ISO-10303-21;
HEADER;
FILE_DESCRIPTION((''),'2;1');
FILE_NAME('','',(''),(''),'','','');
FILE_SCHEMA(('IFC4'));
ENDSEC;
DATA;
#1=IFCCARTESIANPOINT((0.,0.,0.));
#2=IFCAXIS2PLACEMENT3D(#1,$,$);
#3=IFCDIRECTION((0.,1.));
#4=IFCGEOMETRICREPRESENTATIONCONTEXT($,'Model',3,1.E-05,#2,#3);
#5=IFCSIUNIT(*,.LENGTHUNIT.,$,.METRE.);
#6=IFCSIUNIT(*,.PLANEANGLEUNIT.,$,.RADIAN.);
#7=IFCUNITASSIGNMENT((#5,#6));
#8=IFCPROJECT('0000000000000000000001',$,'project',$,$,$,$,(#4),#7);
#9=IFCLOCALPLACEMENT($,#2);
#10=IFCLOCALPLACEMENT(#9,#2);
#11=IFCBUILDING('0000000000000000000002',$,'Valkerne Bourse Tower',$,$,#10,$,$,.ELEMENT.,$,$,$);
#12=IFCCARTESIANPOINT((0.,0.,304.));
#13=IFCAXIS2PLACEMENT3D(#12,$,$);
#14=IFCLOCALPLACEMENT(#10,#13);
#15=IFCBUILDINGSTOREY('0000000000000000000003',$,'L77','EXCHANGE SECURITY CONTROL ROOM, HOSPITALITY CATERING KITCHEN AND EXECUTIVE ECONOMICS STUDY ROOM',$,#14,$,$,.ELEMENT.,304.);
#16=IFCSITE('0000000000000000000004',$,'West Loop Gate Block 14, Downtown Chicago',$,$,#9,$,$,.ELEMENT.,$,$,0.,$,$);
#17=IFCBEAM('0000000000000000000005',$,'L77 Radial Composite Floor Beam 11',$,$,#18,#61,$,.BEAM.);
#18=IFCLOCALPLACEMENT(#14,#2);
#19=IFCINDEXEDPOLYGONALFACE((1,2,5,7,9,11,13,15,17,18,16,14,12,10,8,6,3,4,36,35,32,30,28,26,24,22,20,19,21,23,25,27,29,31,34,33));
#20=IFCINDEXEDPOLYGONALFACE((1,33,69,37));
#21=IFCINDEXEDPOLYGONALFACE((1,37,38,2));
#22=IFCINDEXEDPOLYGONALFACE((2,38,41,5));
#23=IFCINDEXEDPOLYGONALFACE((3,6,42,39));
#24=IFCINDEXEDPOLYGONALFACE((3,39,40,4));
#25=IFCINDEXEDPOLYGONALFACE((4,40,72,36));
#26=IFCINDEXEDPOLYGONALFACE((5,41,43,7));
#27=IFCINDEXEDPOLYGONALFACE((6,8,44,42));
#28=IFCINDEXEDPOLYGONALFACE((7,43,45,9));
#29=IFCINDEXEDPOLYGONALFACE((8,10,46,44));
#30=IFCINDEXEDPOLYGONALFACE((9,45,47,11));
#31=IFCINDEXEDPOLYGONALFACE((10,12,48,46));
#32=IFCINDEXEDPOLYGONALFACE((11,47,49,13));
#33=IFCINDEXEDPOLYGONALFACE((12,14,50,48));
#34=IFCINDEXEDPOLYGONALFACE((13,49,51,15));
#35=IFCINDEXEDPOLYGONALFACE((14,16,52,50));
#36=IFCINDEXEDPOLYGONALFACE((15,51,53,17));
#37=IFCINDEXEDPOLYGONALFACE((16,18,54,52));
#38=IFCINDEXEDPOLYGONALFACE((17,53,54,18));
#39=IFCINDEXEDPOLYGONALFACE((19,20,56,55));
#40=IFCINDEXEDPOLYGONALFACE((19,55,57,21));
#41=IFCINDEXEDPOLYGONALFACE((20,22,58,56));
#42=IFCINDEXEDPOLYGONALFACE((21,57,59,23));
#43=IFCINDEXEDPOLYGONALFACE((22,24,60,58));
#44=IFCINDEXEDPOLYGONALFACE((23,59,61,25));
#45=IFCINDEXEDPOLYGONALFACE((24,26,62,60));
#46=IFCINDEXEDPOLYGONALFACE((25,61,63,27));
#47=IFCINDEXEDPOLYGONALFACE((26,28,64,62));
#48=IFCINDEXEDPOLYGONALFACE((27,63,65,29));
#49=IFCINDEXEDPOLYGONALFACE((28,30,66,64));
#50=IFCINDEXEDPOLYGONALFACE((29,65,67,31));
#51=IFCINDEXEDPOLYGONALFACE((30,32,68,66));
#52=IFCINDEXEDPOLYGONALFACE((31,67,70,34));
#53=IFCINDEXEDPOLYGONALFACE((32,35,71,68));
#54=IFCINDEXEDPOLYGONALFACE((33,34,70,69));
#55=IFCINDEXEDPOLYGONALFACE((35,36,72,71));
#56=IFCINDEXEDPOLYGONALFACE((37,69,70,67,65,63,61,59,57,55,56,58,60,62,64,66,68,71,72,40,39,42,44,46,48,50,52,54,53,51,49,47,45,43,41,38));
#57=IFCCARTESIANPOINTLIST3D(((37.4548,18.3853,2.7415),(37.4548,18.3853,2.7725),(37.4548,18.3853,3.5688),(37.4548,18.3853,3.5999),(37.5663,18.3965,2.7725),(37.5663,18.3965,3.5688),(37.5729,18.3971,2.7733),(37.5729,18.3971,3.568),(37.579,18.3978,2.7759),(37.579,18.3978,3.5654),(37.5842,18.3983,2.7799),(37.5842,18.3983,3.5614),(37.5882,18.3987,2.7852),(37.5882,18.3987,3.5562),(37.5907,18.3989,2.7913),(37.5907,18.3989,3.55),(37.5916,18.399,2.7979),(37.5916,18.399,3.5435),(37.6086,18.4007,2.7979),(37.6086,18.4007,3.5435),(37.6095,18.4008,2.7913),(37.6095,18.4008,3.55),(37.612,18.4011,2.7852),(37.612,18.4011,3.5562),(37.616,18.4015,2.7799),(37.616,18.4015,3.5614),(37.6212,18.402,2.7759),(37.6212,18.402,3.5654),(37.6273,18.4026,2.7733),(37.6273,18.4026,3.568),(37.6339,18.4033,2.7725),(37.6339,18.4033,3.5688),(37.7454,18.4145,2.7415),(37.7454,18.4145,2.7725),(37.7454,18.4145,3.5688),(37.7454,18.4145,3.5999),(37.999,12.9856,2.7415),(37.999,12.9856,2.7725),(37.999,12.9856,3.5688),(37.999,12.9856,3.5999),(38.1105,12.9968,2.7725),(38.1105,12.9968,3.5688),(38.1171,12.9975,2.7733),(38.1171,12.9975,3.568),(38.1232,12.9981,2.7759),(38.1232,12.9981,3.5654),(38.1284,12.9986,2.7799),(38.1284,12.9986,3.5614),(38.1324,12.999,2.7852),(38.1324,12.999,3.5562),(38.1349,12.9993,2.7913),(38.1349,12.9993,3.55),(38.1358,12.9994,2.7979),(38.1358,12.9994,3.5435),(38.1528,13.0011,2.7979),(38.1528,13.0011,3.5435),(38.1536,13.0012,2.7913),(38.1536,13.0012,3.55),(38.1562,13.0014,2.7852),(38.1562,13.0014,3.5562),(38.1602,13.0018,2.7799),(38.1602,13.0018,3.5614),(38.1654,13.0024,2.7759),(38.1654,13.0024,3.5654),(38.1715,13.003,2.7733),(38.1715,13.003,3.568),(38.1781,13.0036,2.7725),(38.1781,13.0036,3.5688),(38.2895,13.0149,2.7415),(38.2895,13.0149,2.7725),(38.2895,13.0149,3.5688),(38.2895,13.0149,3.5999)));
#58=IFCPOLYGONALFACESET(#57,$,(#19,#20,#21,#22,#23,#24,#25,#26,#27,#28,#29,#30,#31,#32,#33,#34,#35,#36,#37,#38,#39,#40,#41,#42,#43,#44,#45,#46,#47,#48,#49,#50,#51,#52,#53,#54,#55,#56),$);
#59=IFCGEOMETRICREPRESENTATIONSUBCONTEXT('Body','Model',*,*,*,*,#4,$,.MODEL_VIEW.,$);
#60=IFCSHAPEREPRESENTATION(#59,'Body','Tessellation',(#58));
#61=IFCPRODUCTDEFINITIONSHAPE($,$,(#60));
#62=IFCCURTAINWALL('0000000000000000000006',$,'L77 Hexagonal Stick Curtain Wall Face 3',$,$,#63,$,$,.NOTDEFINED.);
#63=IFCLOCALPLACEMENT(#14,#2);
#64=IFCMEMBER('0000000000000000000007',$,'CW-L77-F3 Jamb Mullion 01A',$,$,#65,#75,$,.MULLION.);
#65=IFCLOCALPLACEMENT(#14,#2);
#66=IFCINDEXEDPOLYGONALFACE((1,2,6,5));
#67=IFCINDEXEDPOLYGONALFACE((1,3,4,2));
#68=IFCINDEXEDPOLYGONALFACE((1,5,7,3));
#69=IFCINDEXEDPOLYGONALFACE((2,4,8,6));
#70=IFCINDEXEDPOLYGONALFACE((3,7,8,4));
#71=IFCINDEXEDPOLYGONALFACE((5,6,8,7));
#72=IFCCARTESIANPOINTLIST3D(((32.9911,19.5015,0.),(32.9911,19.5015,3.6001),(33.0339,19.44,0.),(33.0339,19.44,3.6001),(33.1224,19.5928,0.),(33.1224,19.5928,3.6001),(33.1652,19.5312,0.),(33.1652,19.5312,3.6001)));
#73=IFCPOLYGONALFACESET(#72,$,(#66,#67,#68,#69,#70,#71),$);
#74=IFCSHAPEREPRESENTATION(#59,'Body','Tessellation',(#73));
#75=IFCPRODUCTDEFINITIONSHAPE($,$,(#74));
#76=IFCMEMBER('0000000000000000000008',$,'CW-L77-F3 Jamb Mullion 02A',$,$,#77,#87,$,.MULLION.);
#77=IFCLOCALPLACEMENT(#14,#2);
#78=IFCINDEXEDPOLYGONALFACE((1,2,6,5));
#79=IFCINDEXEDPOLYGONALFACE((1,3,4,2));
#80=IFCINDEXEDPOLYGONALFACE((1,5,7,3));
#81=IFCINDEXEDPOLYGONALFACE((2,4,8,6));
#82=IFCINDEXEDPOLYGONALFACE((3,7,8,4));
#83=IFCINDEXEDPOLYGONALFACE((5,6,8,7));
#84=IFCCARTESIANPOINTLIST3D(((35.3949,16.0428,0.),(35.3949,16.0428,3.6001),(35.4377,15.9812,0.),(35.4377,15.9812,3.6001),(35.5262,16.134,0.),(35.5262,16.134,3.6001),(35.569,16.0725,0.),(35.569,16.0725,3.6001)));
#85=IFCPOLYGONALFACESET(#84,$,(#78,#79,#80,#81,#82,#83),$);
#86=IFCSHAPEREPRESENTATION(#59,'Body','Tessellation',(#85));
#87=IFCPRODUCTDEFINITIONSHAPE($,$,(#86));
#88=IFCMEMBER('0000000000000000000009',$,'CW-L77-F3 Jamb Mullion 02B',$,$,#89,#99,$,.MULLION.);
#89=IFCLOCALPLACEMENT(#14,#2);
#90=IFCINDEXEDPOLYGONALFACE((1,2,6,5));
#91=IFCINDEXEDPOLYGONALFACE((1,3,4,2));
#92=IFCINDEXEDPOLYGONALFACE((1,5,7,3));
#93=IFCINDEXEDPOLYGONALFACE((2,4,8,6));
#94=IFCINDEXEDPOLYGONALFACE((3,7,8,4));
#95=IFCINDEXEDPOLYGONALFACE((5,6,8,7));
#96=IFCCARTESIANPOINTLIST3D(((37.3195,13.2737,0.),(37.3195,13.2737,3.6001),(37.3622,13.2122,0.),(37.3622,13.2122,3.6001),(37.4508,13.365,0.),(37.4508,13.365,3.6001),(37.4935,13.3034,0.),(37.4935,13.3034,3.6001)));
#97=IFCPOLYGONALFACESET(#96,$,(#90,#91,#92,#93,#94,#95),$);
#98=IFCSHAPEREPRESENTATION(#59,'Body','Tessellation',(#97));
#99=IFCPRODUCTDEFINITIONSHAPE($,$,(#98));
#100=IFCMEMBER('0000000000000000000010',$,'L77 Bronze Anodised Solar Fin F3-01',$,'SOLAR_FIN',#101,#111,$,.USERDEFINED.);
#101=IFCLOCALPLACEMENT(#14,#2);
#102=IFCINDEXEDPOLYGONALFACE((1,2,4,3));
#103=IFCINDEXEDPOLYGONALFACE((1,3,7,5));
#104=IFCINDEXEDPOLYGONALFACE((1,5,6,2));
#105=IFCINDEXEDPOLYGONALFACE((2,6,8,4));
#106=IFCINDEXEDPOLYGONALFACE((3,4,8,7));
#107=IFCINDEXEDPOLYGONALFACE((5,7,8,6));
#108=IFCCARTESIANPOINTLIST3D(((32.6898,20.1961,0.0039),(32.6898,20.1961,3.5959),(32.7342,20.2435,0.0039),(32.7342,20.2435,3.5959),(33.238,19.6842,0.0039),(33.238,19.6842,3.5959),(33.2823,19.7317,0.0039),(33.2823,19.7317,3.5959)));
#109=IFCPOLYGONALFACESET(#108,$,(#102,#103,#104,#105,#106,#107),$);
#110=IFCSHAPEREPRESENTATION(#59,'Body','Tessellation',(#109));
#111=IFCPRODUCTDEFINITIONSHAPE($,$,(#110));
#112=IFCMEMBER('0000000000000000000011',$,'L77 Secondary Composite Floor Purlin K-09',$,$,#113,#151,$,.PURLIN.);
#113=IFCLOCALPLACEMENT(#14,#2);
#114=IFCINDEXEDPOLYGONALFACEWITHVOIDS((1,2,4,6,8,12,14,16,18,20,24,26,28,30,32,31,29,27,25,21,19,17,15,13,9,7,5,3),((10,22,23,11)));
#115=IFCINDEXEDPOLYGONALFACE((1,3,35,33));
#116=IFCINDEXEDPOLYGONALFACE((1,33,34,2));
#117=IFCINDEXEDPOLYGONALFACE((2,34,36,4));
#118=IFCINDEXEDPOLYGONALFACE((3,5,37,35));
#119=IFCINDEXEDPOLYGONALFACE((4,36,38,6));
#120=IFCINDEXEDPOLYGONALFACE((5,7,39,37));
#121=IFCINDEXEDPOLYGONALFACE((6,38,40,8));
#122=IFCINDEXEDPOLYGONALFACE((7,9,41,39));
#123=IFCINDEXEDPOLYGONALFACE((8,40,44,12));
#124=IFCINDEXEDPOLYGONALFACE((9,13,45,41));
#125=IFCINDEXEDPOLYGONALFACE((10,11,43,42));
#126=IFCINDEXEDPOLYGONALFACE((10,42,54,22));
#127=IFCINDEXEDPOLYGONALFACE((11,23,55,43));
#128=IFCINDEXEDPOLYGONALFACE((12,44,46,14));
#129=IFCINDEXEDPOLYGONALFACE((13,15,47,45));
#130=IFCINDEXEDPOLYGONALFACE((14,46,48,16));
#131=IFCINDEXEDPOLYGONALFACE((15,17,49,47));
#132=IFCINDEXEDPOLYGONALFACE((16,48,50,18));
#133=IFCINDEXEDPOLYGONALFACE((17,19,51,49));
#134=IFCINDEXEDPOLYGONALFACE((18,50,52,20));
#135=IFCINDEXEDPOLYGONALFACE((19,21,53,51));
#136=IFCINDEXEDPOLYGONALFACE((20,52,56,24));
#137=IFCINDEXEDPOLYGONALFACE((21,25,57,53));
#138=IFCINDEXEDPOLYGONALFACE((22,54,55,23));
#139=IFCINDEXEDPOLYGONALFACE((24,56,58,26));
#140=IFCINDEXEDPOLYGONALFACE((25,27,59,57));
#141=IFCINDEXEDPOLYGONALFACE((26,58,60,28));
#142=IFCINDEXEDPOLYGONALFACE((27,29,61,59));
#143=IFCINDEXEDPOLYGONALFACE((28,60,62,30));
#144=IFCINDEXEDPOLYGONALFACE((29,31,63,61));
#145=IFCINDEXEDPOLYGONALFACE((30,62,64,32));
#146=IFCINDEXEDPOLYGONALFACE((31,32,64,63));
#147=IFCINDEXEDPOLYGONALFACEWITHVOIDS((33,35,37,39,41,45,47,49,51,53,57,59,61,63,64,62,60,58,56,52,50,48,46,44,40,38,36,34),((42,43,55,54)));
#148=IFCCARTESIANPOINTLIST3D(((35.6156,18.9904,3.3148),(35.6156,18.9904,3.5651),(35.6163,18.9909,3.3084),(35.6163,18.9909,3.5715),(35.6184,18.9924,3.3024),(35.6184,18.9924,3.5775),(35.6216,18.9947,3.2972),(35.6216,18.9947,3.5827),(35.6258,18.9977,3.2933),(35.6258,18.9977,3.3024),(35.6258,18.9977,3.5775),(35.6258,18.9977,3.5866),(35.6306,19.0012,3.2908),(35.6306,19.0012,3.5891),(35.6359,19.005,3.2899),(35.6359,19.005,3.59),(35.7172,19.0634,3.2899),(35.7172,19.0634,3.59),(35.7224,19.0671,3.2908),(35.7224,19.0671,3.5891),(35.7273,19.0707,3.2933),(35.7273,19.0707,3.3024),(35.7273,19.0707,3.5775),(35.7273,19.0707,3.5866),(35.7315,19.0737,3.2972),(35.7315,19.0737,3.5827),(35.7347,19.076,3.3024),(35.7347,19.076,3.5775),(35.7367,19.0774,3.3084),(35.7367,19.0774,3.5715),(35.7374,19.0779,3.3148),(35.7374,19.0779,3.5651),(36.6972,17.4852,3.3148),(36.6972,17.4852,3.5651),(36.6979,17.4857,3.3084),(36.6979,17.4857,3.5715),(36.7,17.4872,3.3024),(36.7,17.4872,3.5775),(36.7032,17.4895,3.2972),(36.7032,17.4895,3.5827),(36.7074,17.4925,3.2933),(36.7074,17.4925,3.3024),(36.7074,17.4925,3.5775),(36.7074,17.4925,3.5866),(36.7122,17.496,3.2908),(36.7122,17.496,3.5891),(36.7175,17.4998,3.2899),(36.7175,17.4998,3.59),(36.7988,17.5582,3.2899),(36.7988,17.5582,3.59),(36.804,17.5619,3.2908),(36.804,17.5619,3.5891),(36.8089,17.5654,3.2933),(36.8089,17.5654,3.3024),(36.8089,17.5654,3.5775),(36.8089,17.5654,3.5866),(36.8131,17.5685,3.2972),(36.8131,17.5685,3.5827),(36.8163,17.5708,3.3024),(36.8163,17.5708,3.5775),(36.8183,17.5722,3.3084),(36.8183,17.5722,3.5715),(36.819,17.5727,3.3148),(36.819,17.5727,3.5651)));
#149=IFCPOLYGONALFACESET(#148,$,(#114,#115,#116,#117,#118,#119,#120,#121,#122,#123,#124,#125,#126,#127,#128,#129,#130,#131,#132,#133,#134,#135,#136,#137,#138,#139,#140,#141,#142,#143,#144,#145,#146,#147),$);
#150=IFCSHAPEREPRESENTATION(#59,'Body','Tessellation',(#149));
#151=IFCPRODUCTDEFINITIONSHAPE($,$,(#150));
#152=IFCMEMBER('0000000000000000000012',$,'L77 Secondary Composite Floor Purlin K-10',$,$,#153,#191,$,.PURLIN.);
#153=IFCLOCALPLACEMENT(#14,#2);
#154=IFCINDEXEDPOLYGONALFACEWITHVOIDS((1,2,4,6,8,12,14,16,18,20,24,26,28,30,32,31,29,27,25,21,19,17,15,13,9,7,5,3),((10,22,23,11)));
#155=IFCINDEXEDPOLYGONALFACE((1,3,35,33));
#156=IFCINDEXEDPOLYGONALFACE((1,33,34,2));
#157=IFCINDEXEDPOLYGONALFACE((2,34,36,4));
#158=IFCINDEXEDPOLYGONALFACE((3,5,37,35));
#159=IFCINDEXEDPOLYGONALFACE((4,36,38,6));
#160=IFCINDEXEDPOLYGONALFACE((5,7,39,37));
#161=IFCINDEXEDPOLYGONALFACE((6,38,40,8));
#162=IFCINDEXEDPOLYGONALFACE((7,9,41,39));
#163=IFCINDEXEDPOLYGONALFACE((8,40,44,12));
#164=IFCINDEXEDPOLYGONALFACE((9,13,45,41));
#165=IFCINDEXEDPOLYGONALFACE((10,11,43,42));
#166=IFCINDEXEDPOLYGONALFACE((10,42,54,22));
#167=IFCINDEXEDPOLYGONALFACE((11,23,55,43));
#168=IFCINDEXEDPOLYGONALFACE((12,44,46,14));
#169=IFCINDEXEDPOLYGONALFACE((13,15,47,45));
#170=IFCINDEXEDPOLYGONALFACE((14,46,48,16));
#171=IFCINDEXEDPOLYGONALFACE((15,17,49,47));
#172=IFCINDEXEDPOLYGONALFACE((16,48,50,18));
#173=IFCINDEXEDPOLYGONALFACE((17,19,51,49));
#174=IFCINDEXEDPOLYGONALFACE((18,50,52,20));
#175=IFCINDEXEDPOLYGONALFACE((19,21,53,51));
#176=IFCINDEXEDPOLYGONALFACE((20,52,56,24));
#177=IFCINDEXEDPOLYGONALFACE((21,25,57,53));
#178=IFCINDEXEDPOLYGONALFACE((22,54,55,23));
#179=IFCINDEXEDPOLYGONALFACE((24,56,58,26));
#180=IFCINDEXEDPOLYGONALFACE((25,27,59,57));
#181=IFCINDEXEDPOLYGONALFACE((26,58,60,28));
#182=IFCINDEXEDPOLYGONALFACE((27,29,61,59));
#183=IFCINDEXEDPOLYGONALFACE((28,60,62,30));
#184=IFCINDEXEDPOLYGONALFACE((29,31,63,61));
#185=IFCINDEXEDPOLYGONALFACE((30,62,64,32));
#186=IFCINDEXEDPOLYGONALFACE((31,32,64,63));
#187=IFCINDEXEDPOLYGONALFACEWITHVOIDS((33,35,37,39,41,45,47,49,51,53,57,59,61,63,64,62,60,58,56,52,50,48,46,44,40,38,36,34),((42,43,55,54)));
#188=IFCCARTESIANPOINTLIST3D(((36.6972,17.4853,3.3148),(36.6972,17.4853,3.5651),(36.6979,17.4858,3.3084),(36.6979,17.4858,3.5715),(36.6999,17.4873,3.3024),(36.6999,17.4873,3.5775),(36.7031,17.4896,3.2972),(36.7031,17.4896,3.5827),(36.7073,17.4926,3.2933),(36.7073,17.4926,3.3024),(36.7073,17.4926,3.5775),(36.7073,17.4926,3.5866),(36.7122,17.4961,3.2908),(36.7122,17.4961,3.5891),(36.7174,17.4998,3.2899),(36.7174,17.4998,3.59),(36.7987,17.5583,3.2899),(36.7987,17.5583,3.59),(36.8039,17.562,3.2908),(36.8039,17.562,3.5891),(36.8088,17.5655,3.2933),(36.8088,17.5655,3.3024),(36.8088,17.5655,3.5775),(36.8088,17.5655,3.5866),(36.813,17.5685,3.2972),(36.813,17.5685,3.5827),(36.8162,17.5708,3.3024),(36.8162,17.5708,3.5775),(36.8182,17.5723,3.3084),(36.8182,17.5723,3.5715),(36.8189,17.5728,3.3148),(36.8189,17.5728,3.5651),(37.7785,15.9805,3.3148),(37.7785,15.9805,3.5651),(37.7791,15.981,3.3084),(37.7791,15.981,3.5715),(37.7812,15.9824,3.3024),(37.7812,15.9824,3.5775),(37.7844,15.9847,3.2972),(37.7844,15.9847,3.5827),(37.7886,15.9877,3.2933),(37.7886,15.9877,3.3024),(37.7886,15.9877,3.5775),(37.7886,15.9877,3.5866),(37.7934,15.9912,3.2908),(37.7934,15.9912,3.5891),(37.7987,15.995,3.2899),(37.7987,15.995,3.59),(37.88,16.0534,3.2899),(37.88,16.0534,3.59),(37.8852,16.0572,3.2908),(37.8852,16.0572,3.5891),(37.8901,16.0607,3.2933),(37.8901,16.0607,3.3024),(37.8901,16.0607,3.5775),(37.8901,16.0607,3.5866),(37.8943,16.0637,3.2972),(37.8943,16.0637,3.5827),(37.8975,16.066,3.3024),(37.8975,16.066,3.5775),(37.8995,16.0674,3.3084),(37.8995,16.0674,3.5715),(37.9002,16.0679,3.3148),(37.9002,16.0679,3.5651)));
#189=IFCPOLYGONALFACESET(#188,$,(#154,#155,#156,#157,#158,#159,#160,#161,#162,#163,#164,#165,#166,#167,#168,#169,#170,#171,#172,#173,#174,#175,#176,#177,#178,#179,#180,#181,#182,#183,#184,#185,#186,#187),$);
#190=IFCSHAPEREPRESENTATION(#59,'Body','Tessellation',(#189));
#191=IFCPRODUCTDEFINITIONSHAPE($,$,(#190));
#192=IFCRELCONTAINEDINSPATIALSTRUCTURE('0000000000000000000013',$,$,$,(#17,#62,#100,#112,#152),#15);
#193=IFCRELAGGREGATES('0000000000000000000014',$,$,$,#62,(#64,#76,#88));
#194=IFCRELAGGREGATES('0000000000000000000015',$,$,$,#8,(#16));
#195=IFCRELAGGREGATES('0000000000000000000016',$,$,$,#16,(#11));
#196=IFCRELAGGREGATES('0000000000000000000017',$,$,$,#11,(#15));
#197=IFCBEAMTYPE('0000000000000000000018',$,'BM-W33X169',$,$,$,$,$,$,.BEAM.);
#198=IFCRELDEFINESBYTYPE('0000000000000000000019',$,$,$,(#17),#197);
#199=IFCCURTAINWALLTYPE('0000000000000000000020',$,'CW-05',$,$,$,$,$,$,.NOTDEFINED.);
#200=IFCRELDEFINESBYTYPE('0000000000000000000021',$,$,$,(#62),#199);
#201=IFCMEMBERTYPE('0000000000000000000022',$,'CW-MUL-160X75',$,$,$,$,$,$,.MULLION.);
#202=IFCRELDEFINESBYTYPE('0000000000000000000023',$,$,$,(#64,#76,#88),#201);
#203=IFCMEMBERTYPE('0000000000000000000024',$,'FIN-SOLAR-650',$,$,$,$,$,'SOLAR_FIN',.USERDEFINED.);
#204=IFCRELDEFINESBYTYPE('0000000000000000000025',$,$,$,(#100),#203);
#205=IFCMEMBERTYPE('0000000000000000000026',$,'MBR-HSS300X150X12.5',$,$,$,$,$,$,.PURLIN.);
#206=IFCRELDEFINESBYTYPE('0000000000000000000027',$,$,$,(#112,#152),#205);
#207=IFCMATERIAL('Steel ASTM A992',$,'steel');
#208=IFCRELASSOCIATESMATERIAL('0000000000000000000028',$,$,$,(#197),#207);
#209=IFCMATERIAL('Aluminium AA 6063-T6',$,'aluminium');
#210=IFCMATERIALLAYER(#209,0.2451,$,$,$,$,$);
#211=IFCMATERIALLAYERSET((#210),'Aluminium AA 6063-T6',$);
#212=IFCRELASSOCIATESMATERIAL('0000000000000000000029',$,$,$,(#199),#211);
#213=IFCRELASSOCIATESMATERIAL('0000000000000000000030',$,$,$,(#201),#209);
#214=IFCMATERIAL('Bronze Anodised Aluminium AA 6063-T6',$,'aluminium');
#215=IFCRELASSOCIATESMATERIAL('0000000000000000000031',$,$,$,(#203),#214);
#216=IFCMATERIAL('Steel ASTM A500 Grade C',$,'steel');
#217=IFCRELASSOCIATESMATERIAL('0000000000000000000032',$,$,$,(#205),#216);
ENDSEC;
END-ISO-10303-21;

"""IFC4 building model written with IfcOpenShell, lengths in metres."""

from ifc_helpers import new_model, si_unit, direction, frame, origin, origin_2d, place, context, subcontext, project, spatial, rectangle, hollow_rectangle, i_section, extrude, material, layer, layer_set, material_profile, profile_set, type_object, element, aggregate, save


model = new_model("IFC4")

# Units and contexts
model_context = context("Model", 3, precision=1e-05, world=origin(), true_north=direction((0.0, 1.0)))
body_context = subcontext(model_context, "Body", "Model", "MODEL_VIEW")
ifc_project = project(units=[si_unit("LENGTHUNIT", "METRE"), si_unit("PLANEANGLEUNIT", "RADIAN")], contexts=[model_context])

# Site, building, storey
site_placement = place(None, origin())
site = spatial("IfcSite", under=ifc_project, at=site_placement, Name="West Loop Gate Block 14, Downtown Chicago", CompositionType="ELEMENT", RefElevation=0.0)
building_placement = place(site_placement, origin())
building = spatial("IfcBuilding", under=site, at=building_placement, Name="Valkerne Bourse Tower", CompositionType="ELEMENT")
storey_placement = place(building_placement, frame((0.0, 0.0, 304.0)))
storey = spatial("IfcBuildingStorey", under=building, at=storey_placement, Name="L77", Description="EXCHANGE SECURITY CONTROL ROOM, HOSPITALITY CATERING KITCHEN AND EXECUTIVE ECONOMICS STUDY ROOM", CompositionType="ELEMENT", Elevation=304.0)

# Beam
ifc_material_1 = material(Name="Steel ASTM A992", Category="steel")
ifc_material_profile_1 = material_profile(ifc_material_1, i_section(OverallWidth=0.292, OverallDepth=0.8584, WebThickness=0.0171, FlangeThickness=0.031, FilletRadius=0.0254, at=origin_2d()), Name="W33X169")
ifc_profile_set_1 = profile_set([ifc_material_profile_1], Name="Steel ASTM A992")
beam_type_1 = type_object("IfcBeamType", Name="BM-W33X169", PredefinedType="BEAM", material=ifc_profile_set_1)
beam_1_placement = place(storey_placement, frame((38.1443, 13.0002, 3.1707), z_axis=(-0.100274, 0.99496, 0.0), x_axis=(-0.99496, -0.100274, 0.0)))
element("IfcBeam", 1, at=beam_1_placement, inside=storey, type_object=beam_type_1, Name="L77 Radial Composite Floor Beam 11", PredefinedType="BEAM", context=body_context, shape_type="SweptSolid", body=[
    extrude(i_section(OverallWidth=0.292, OverallDepth=0.8584, WebThickness=0.0171, FlangeThickness=0.031, FilletRadius=0.0254, at=origin_2d()), origin(), (0.0, 0.0, 1.0), 5.427),
])

# Curtain wall, members
ifc_material_2 = material(Name="Aluminium AA 6063-T6", Category="aluminium")
ifc_layer_1 = layer(ifc_material_2, 0.2451)
ifc_layer_set_1 = layer_set([ifc_layer_1], Name="Aluminium AA 6063-T6")
curtain_wall_type = type_object("IfcCurtainWallType", Name="CW-05", PredefinedType="NOTDEFINED", material=ifc_layer_set_1)
curtain_wall_placement = place(storey_placement, origin())
curtain_wall = element("IfcCurtainWall", 2, at=curtain_wall_placement, inside=storey, type_object=curtain_wall_type, Name="L77 Hexagonal Stick Curtain Wall Face 3", PredefinedType="NOTDEFINED")
ifc_material_profile_2 = material_profile(ifc_material_2, rectangle(XDim=0.075, YDim=0.1599, at=origin_2d()), Name="CWM-75X160")
ifc_profile_set_2 = profile_set([ifc_material_profile_2], Name="Aluminium AA 6063-T6")
member_type_1 = type_object("IfcMemberType", Name="CW-MUL-160X75", PredefinedType="MULLION", material=ifc_profile_set_2)
member_1_placement = place(storey_placement, frame((33.0781, 19.5164, 0.0), z_axis=(0.0, 0.0, 1.0), x_axis=(0.57072, -0.821145, 0.0)))
member_1 = element("IfcMember", 3, at=member_1_placement, type_object=member_type_1, Name="CW-L77-F3 Jamb Mullion 01A", PredefinedType="MULLION", context=body_context, shape_type="SweptSolid", body=[
    extrude(rectangle(XDim=0.075, YDim=0.1599, at=origin_2d()), origin(), (0.0, 0.0, 1.0), 3.6001),
])
member_2_placement = place(storey_placement, frame((35.4819, 16.0576, 0.0), z_axis=(0.0, 0.0, 1.0), x_axis=(0.570704, -0.821156, 0.0)))
member_2 = element("IfcMember", 4, at=member_2_placement, type_object=member_type_1, Name="CW-L77-F3 Jamb Mullion 02A", PredefinedType="MULLION", context=body_context, shape_type="SweptSolid", body=[
    extrude(rectangle(XDim=0.075, YDim=0.1599, at=origin_2d()), origin(), (0.0, 0.0, 1.0), 3.6001),
])
member_3_placement = place(storey_placement, frame((37.4065, 13.2886, 0.0), z_axis=(0.0, 0.0, 1.0), x_axis=(0.570704, -0.821156, 0.0)))
member_3 = element("IfcMember", 5, at=member_3_placement, type_object=member_type_1, Name="CW-L77-F3 Jamb Mullion 02B", PredefinedType="MULLION", context=body_context, shape_type="SweptSolid", body=[
    extrude(rectangle(XDim=0.075, YDim=0.1599, at=origin_2d()), origin(), (0.0, 0.0, 1.0), 3.6001),
])

# Members
ifc_material_3 = material(Name="Bronze Anodised Aluminium AA 6063-T6", Category="aluminium")
ifc_material_profile_3 = material_profile(ifc_material_3, rectangle(XDim=0.0649, YDim=0.75, at=origin_2d()), Name="FIN-65X750")
ifc_profile_set_3 = profile_set([ifc_material_profile_3], Name="Bronze Anodised Aluminium AA 6063-T6")
member_type_2 = type_object("IfcMemberType", Name="FIN-SOLAR-650", ElementType="SOLAR_FIN", PredefinedType="USERDEFINED", material=ifc_profile_set_3)
member_4_placement = place(storey_placement, frame((32.9861, 19.9639, 0.0039), z_axis=(0.0, 0.0, 1.0), x_axis=(-0.682492, -0.730894, 0.0)))
element("IfcMember", 6, at=member_4_placement, inside=storey, type_object=member_type_2, Name="L77 Bronze Anodised Solar Fin F3-01", ObjectType="SOLAR_FIN", PredefinedType="USERDEFINED", context=body_context, shape_type="SweptSolid", body=[
    extrude(rectangle(XDim=0.0649, YDim=0.75, at=origin_2d()), origin(), (0.0, 0.0, 1.0), 3.592),
])
ifc_material_4 = material(Name="Steel ASTM A500 Grade C", Category="steel")
ifc_material_profile_4 = material_profile(ifc_material_4, hollow_rectangle(XDim=0.1499, YDim=0.3, WallThickness=0.0125, OuterFilletRadius=0.0249, at=origin_2d()), Name="HSS300X150X12.5")
ifc_profile_set_4 = profile_set([ifc_material_profile_4], Name="Steel ASTM A500 Grade C")
member_type_3 = type_object("IfcMemberType", Name="MBR-HSS300X150X12.5", PredefinedType="PURLIN", material=ifc_profile_set_4)
member_5_placement = place(storey_placement, frame((35.6765, 19.0342, 3.4399), z_axis=(0.583541, -0.812084, 0.0), x_axis=(0.812084, 0.583541, 0.0)))
element("IfcMember", 7, at=member_5_placement, inside=storey, type_object=member_type_3, Name="L77 Secondary Composite Floor Purlin K-09", PredefinedType="PURLIN", context=body_context, shape_type="SweptSolid", body=[
    extrude(hollow_rectangle(XDim=0.1499, YDim=0.3, WallThickness=0.0125, OuterFilletRadius=0.0249, at=origin_2d()), origin(), (0.0, 0.0, 1.0), 1.8535),
])
member_6_placement = place(storey_placement, frame((36.7581, 17.5291, 3.4399), z_axis=(0.583517, -0.812101, 0.0), x_axis=(0.812101, 0.583517, 0.0)))
element("IfcMember", 8, at=member_6_placement, inside=storey, type_object=member_type_3, Name="L77 Secondary Composite Floor Purlin K-10", PredefinedType="PURLIN", context=body_context, shape_type="SweptSolid", body=[
    extrude(hollow_rectangle(XDim=0.1499, YDim=0.3, WallThickness=0.0125, OuterFilletRadius=0.0249, at=origin_2d()), origin(), (0.0, 0.0, 1.0), 1.853),
])

aggregate(curtain_wall, [member_1, member_2, member_3])

save(model, "model.ifc")
